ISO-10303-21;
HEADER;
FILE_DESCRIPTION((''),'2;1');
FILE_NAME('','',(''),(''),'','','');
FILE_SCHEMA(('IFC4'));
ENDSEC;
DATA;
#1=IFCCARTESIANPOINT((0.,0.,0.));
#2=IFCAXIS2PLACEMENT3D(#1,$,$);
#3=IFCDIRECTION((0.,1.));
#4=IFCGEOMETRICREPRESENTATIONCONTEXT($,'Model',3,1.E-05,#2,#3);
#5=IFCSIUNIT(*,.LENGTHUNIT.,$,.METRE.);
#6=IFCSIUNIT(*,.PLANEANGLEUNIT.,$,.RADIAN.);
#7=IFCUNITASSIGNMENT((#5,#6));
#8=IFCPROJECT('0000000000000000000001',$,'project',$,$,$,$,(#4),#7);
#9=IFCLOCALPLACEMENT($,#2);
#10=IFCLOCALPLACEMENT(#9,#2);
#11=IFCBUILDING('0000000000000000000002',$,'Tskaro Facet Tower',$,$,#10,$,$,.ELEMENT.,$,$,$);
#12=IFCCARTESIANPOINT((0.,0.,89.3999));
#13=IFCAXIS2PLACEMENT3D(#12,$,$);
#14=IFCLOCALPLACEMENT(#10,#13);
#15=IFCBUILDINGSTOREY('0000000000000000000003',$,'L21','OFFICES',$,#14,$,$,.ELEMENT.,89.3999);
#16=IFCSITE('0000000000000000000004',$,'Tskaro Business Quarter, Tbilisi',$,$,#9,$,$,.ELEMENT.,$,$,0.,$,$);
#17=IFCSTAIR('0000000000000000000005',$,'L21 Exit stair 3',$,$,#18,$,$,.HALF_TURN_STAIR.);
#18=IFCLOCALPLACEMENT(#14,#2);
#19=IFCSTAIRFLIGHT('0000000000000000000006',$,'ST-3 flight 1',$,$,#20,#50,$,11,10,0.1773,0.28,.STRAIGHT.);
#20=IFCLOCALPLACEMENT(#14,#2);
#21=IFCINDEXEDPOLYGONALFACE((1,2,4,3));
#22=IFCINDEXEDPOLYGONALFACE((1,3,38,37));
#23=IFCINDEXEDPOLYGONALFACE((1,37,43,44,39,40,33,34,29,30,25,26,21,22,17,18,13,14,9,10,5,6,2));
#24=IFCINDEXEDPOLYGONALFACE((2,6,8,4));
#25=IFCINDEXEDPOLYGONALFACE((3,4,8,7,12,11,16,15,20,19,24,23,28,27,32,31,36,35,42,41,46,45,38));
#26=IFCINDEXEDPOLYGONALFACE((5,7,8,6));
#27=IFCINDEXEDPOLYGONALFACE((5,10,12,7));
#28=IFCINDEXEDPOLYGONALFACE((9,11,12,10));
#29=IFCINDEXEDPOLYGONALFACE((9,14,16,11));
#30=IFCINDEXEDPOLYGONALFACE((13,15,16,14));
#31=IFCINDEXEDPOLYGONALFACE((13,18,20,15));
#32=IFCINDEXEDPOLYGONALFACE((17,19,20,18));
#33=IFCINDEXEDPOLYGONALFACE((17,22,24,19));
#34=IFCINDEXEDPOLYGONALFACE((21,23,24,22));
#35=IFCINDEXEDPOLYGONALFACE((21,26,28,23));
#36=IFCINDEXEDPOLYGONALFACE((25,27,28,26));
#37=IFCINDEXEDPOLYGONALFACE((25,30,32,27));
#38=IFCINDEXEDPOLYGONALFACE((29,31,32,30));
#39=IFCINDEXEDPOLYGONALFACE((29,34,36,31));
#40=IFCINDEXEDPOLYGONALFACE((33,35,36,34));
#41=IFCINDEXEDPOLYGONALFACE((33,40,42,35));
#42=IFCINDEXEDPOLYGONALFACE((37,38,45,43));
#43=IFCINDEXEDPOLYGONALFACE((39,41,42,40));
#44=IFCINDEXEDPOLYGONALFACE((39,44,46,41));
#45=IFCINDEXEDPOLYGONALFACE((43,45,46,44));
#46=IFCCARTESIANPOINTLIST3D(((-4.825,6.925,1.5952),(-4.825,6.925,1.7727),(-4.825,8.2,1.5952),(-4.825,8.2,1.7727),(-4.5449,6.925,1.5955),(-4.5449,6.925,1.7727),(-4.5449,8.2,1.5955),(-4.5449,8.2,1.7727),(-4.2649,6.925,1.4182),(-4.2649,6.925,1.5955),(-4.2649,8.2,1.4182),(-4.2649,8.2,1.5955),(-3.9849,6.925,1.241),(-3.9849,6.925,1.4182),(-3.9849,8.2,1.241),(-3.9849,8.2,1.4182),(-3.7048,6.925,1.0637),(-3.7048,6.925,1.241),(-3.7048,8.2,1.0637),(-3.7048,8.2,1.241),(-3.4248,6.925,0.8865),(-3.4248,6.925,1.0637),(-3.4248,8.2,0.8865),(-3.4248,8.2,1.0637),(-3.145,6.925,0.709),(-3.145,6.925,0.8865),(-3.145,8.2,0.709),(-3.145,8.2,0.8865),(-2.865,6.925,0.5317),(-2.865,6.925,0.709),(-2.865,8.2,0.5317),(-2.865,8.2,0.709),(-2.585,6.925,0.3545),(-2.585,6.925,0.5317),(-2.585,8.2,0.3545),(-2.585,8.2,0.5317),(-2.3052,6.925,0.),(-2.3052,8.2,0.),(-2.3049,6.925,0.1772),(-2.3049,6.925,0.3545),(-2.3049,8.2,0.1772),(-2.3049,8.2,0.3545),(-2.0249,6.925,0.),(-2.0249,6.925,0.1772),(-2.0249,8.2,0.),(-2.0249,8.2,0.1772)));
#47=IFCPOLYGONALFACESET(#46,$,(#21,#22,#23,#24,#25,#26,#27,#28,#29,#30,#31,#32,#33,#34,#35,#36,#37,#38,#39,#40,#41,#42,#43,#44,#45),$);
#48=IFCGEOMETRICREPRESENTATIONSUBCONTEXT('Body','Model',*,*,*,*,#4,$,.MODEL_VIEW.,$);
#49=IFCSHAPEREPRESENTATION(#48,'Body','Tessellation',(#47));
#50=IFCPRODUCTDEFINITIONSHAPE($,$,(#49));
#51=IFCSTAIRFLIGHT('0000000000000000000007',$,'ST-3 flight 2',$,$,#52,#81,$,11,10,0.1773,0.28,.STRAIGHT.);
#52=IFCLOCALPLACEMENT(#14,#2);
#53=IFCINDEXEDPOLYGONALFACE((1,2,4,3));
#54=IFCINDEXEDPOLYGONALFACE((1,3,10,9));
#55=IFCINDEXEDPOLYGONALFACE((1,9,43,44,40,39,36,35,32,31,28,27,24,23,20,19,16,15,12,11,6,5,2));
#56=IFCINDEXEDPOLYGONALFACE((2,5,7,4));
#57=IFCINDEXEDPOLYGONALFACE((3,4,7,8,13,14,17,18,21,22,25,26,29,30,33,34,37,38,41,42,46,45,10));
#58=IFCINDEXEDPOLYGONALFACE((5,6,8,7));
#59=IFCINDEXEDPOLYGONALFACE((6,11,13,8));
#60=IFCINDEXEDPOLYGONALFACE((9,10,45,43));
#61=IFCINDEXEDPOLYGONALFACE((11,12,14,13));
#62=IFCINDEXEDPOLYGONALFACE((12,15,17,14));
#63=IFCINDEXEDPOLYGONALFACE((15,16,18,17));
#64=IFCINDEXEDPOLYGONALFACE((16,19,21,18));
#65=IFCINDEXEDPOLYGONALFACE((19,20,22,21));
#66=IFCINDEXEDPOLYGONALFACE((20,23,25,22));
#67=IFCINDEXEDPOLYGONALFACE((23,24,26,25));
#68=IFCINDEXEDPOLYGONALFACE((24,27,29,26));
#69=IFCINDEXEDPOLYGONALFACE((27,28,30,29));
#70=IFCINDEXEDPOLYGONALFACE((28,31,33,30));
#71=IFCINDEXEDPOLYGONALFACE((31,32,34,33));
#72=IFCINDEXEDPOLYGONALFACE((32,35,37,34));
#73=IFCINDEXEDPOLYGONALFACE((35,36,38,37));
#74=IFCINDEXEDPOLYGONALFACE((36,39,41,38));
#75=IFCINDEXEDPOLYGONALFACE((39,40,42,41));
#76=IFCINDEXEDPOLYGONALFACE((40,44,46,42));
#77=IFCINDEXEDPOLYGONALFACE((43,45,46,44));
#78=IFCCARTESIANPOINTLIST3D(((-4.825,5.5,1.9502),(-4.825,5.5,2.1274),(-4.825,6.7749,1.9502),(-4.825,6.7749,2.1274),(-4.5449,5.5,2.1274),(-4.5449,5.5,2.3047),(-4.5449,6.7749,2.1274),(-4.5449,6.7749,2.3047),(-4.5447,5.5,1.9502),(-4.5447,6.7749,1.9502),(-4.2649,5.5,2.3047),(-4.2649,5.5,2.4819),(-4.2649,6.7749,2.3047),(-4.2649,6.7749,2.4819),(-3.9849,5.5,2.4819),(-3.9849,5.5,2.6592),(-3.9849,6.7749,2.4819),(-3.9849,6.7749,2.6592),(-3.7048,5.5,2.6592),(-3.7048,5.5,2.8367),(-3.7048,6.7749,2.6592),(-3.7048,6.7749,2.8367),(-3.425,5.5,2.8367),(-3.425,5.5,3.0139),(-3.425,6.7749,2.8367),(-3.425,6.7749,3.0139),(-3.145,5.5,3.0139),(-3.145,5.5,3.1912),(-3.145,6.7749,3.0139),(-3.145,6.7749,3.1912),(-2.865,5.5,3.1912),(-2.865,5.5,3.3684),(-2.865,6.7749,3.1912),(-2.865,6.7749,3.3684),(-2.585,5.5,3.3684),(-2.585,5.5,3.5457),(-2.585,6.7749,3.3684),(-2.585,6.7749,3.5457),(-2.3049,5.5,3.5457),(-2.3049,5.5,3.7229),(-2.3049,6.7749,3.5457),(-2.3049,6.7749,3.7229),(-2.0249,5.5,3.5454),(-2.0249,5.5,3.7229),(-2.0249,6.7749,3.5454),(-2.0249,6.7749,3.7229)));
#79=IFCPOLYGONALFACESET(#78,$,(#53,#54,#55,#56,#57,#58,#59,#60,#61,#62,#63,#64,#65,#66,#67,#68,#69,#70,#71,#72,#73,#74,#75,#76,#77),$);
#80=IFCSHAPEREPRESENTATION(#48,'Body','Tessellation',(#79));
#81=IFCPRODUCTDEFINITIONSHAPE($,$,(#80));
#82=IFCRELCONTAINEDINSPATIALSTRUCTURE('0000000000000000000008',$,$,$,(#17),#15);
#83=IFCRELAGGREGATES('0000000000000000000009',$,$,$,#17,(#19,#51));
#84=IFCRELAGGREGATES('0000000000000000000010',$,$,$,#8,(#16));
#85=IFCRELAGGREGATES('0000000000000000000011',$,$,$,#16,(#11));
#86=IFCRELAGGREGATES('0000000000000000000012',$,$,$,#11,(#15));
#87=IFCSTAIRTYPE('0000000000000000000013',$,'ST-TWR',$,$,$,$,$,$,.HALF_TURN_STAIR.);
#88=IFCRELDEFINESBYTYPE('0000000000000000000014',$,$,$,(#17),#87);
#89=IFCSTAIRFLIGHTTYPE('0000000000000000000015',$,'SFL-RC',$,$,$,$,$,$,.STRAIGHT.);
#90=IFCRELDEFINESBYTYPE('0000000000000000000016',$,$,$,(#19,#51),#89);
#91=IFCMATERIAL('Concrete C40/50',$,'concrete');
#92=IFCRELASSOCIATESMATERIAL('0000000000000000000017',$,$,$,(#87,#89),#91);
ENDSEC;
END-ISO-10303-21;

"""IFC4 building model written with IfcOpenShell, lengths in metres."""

from ifc_helpers import new_model, si_unit, direction, frame, origin, place, context, subcontext, project, spatial, polyline, outline, extrude, material, type_object, element, aggregate, save


model = new_model("IFC4")

# Units and contexts
model_context = context("Model", 3, precision=1e-05, world=origin(), true_north=direction((0.0, 1.0)))
body_context = subcontext(model_context, "Body", "Model", "MODEL_VIEW")
ifc_project = project(units=[si_unit("LENGTHUNIT", "METRE"), si_unit("PLANEANGLEUNIT", "RADIAN")], contexts=[model_context])

# Site, building, storey
site_placement = place(None, origin())
site = spatial("IfcSite", under=ifc_project, at=site_placement, Name="Tskaro Business Quarter, Tbilisi", CompositionType="ELEMENT", RefElevation=0.0)
building_placement = place(site_placement, origin())
building = spatial("IfcBuilding", under=site, at=building_placement, Name="Tskaro Facet Tower", CompositionType="ELEMENT")
storey_placement = place(building_placement, frame((0.0, 0.0, 89.3999)))
storey = spatial("IfcBuildingStorey", under=building, at=storey_placement, Name="L21", Description="OFFICES", CompositionType="ELEMENT", Elevation=89.3999)

# Stair
ifc_material_1 = material(Name="Concrete C40/50", Category="concrete")
stair_type = type_object("IfcStairType", Name="ST-TWR", PredefinedType="HALF_TURN_STAIR", material=ifc_material_1)
stair_1_placement = place(storey_placement, origin())
stair_1 = element("IfcStair", 1, at=stair_1_placement, inside=storey, type_object=stair_type, Name="L21 Exit stair 3", PredefinedType="HALF_TURN_STAIR")

# Stair flights
stair_flight_type = type_object("IfcStairFlightType", Name="SFL-RC", PredefinedType="STRAIGHT", material=ifc_material_1)
stair_flight_1_placement = place(storey_placement, frame((-2.0249, 7.5625, 0.0), z_axis=(0.0, 0.0, 1.0), x_axis=(-1.0, 0.0, 0.0)))
stair_flight_1 = element("IfcStairFlight", 2, at=stair_flight_1_placement, type_object=stair_flight_type, Name="ST-3 flight 1", NumberOfRisers=11, NumberOfTreads=10, PredefinedType="STRAIGHT", RiserHeight=0.1773, TreadLength=0.28, context=body_context, shape_type="SweptSolid", body=[
    extrude(outline(polyline([(0.0, 0.0), (0.0, 0.1772), (0.28, 0.1772), (0.28, 0.3545), (0.5601, 0.3545), (0.5601, 0.5317), (0.8401, 0.5317), (0.8401, 0.709), (1.1201, 0.709), (1.1201, 0.8865), (1.3999, 0.8865), (1.3999, 1.0637), (1.6799, 1.0637), (1.6799, 1.241), (1.96, 1.241), (1.96, 1.4182), (2.24, 1.4182), (2.24, 1.5955), (2.52, 1.5955), (2.52, 1.7727), (2.8, 1.7727), (2.8, 1.95), (2.8, 1.5952), (0.2803, 0.0), (0.0, 0.0)])), frame((0.0, 0.6375, 0.0), z_axis=(0.0, -1.0, 0.0), x_axis=(1.0, 0.0, 0.0)), (0.0, 0.0, 1.0), 1.2749),
])
stair_flight_2_placement = place(storey_placement, frame((-4.825, 6.1375, 1.9502), z_axis=(0.0, 0.0, 1.0), x_axis=(1.0, 0.0, 0.0)))
stair_flight_2 = element("IfcStairFlight", 3, at=stair_flight_2_placement, type_object=stair_flight_type, Name="ST-3 flight 2", NumberOfRisers=11, NumberOfTreads=10, PredefinedType="STRAIGHT", RiserHeight=0.1773, TreadLength=0.28, context=body_context, shape_type="SweptSolid", body=[
    extrude(outline(polyline([(0.0, 0.0), (0.0, 0.1772), (0.28, 0.1772), (0.28, 0.3545), (0.5601, 0.3545), (0.5601, 0.5317), (0.8401, 0.5317), (0.8401, 0.709), (1.1201, 0.709), (1.1201, 0.8865), (1.3999, 0.8865), (1.3999, 1.0637), (1.6799, 1.0637), (1.6799, 1.241), (1.96, 1.241), (1.96, 1.4182), (2.24, 1.4182), (2.24, 1.5955), (2.52, 1.5955), (2.52, 1.7727), (2.8, 1.7727), (2.8, 1.95), (2.8, 1.5952), (0.2803, 0.0), (0.0, 0.0)])), frame((0.0, 0.6375, 0.0), z_axis=(0.0, -1.0, 0.0), x_axis=(1.0, 0.0, 0.0)), (0.0, 0.0, 1.0), 1.2749),
])
aggregate(stair_1, [stair_flight_1, stair_flight_2])

save(model, "model.ifc")
